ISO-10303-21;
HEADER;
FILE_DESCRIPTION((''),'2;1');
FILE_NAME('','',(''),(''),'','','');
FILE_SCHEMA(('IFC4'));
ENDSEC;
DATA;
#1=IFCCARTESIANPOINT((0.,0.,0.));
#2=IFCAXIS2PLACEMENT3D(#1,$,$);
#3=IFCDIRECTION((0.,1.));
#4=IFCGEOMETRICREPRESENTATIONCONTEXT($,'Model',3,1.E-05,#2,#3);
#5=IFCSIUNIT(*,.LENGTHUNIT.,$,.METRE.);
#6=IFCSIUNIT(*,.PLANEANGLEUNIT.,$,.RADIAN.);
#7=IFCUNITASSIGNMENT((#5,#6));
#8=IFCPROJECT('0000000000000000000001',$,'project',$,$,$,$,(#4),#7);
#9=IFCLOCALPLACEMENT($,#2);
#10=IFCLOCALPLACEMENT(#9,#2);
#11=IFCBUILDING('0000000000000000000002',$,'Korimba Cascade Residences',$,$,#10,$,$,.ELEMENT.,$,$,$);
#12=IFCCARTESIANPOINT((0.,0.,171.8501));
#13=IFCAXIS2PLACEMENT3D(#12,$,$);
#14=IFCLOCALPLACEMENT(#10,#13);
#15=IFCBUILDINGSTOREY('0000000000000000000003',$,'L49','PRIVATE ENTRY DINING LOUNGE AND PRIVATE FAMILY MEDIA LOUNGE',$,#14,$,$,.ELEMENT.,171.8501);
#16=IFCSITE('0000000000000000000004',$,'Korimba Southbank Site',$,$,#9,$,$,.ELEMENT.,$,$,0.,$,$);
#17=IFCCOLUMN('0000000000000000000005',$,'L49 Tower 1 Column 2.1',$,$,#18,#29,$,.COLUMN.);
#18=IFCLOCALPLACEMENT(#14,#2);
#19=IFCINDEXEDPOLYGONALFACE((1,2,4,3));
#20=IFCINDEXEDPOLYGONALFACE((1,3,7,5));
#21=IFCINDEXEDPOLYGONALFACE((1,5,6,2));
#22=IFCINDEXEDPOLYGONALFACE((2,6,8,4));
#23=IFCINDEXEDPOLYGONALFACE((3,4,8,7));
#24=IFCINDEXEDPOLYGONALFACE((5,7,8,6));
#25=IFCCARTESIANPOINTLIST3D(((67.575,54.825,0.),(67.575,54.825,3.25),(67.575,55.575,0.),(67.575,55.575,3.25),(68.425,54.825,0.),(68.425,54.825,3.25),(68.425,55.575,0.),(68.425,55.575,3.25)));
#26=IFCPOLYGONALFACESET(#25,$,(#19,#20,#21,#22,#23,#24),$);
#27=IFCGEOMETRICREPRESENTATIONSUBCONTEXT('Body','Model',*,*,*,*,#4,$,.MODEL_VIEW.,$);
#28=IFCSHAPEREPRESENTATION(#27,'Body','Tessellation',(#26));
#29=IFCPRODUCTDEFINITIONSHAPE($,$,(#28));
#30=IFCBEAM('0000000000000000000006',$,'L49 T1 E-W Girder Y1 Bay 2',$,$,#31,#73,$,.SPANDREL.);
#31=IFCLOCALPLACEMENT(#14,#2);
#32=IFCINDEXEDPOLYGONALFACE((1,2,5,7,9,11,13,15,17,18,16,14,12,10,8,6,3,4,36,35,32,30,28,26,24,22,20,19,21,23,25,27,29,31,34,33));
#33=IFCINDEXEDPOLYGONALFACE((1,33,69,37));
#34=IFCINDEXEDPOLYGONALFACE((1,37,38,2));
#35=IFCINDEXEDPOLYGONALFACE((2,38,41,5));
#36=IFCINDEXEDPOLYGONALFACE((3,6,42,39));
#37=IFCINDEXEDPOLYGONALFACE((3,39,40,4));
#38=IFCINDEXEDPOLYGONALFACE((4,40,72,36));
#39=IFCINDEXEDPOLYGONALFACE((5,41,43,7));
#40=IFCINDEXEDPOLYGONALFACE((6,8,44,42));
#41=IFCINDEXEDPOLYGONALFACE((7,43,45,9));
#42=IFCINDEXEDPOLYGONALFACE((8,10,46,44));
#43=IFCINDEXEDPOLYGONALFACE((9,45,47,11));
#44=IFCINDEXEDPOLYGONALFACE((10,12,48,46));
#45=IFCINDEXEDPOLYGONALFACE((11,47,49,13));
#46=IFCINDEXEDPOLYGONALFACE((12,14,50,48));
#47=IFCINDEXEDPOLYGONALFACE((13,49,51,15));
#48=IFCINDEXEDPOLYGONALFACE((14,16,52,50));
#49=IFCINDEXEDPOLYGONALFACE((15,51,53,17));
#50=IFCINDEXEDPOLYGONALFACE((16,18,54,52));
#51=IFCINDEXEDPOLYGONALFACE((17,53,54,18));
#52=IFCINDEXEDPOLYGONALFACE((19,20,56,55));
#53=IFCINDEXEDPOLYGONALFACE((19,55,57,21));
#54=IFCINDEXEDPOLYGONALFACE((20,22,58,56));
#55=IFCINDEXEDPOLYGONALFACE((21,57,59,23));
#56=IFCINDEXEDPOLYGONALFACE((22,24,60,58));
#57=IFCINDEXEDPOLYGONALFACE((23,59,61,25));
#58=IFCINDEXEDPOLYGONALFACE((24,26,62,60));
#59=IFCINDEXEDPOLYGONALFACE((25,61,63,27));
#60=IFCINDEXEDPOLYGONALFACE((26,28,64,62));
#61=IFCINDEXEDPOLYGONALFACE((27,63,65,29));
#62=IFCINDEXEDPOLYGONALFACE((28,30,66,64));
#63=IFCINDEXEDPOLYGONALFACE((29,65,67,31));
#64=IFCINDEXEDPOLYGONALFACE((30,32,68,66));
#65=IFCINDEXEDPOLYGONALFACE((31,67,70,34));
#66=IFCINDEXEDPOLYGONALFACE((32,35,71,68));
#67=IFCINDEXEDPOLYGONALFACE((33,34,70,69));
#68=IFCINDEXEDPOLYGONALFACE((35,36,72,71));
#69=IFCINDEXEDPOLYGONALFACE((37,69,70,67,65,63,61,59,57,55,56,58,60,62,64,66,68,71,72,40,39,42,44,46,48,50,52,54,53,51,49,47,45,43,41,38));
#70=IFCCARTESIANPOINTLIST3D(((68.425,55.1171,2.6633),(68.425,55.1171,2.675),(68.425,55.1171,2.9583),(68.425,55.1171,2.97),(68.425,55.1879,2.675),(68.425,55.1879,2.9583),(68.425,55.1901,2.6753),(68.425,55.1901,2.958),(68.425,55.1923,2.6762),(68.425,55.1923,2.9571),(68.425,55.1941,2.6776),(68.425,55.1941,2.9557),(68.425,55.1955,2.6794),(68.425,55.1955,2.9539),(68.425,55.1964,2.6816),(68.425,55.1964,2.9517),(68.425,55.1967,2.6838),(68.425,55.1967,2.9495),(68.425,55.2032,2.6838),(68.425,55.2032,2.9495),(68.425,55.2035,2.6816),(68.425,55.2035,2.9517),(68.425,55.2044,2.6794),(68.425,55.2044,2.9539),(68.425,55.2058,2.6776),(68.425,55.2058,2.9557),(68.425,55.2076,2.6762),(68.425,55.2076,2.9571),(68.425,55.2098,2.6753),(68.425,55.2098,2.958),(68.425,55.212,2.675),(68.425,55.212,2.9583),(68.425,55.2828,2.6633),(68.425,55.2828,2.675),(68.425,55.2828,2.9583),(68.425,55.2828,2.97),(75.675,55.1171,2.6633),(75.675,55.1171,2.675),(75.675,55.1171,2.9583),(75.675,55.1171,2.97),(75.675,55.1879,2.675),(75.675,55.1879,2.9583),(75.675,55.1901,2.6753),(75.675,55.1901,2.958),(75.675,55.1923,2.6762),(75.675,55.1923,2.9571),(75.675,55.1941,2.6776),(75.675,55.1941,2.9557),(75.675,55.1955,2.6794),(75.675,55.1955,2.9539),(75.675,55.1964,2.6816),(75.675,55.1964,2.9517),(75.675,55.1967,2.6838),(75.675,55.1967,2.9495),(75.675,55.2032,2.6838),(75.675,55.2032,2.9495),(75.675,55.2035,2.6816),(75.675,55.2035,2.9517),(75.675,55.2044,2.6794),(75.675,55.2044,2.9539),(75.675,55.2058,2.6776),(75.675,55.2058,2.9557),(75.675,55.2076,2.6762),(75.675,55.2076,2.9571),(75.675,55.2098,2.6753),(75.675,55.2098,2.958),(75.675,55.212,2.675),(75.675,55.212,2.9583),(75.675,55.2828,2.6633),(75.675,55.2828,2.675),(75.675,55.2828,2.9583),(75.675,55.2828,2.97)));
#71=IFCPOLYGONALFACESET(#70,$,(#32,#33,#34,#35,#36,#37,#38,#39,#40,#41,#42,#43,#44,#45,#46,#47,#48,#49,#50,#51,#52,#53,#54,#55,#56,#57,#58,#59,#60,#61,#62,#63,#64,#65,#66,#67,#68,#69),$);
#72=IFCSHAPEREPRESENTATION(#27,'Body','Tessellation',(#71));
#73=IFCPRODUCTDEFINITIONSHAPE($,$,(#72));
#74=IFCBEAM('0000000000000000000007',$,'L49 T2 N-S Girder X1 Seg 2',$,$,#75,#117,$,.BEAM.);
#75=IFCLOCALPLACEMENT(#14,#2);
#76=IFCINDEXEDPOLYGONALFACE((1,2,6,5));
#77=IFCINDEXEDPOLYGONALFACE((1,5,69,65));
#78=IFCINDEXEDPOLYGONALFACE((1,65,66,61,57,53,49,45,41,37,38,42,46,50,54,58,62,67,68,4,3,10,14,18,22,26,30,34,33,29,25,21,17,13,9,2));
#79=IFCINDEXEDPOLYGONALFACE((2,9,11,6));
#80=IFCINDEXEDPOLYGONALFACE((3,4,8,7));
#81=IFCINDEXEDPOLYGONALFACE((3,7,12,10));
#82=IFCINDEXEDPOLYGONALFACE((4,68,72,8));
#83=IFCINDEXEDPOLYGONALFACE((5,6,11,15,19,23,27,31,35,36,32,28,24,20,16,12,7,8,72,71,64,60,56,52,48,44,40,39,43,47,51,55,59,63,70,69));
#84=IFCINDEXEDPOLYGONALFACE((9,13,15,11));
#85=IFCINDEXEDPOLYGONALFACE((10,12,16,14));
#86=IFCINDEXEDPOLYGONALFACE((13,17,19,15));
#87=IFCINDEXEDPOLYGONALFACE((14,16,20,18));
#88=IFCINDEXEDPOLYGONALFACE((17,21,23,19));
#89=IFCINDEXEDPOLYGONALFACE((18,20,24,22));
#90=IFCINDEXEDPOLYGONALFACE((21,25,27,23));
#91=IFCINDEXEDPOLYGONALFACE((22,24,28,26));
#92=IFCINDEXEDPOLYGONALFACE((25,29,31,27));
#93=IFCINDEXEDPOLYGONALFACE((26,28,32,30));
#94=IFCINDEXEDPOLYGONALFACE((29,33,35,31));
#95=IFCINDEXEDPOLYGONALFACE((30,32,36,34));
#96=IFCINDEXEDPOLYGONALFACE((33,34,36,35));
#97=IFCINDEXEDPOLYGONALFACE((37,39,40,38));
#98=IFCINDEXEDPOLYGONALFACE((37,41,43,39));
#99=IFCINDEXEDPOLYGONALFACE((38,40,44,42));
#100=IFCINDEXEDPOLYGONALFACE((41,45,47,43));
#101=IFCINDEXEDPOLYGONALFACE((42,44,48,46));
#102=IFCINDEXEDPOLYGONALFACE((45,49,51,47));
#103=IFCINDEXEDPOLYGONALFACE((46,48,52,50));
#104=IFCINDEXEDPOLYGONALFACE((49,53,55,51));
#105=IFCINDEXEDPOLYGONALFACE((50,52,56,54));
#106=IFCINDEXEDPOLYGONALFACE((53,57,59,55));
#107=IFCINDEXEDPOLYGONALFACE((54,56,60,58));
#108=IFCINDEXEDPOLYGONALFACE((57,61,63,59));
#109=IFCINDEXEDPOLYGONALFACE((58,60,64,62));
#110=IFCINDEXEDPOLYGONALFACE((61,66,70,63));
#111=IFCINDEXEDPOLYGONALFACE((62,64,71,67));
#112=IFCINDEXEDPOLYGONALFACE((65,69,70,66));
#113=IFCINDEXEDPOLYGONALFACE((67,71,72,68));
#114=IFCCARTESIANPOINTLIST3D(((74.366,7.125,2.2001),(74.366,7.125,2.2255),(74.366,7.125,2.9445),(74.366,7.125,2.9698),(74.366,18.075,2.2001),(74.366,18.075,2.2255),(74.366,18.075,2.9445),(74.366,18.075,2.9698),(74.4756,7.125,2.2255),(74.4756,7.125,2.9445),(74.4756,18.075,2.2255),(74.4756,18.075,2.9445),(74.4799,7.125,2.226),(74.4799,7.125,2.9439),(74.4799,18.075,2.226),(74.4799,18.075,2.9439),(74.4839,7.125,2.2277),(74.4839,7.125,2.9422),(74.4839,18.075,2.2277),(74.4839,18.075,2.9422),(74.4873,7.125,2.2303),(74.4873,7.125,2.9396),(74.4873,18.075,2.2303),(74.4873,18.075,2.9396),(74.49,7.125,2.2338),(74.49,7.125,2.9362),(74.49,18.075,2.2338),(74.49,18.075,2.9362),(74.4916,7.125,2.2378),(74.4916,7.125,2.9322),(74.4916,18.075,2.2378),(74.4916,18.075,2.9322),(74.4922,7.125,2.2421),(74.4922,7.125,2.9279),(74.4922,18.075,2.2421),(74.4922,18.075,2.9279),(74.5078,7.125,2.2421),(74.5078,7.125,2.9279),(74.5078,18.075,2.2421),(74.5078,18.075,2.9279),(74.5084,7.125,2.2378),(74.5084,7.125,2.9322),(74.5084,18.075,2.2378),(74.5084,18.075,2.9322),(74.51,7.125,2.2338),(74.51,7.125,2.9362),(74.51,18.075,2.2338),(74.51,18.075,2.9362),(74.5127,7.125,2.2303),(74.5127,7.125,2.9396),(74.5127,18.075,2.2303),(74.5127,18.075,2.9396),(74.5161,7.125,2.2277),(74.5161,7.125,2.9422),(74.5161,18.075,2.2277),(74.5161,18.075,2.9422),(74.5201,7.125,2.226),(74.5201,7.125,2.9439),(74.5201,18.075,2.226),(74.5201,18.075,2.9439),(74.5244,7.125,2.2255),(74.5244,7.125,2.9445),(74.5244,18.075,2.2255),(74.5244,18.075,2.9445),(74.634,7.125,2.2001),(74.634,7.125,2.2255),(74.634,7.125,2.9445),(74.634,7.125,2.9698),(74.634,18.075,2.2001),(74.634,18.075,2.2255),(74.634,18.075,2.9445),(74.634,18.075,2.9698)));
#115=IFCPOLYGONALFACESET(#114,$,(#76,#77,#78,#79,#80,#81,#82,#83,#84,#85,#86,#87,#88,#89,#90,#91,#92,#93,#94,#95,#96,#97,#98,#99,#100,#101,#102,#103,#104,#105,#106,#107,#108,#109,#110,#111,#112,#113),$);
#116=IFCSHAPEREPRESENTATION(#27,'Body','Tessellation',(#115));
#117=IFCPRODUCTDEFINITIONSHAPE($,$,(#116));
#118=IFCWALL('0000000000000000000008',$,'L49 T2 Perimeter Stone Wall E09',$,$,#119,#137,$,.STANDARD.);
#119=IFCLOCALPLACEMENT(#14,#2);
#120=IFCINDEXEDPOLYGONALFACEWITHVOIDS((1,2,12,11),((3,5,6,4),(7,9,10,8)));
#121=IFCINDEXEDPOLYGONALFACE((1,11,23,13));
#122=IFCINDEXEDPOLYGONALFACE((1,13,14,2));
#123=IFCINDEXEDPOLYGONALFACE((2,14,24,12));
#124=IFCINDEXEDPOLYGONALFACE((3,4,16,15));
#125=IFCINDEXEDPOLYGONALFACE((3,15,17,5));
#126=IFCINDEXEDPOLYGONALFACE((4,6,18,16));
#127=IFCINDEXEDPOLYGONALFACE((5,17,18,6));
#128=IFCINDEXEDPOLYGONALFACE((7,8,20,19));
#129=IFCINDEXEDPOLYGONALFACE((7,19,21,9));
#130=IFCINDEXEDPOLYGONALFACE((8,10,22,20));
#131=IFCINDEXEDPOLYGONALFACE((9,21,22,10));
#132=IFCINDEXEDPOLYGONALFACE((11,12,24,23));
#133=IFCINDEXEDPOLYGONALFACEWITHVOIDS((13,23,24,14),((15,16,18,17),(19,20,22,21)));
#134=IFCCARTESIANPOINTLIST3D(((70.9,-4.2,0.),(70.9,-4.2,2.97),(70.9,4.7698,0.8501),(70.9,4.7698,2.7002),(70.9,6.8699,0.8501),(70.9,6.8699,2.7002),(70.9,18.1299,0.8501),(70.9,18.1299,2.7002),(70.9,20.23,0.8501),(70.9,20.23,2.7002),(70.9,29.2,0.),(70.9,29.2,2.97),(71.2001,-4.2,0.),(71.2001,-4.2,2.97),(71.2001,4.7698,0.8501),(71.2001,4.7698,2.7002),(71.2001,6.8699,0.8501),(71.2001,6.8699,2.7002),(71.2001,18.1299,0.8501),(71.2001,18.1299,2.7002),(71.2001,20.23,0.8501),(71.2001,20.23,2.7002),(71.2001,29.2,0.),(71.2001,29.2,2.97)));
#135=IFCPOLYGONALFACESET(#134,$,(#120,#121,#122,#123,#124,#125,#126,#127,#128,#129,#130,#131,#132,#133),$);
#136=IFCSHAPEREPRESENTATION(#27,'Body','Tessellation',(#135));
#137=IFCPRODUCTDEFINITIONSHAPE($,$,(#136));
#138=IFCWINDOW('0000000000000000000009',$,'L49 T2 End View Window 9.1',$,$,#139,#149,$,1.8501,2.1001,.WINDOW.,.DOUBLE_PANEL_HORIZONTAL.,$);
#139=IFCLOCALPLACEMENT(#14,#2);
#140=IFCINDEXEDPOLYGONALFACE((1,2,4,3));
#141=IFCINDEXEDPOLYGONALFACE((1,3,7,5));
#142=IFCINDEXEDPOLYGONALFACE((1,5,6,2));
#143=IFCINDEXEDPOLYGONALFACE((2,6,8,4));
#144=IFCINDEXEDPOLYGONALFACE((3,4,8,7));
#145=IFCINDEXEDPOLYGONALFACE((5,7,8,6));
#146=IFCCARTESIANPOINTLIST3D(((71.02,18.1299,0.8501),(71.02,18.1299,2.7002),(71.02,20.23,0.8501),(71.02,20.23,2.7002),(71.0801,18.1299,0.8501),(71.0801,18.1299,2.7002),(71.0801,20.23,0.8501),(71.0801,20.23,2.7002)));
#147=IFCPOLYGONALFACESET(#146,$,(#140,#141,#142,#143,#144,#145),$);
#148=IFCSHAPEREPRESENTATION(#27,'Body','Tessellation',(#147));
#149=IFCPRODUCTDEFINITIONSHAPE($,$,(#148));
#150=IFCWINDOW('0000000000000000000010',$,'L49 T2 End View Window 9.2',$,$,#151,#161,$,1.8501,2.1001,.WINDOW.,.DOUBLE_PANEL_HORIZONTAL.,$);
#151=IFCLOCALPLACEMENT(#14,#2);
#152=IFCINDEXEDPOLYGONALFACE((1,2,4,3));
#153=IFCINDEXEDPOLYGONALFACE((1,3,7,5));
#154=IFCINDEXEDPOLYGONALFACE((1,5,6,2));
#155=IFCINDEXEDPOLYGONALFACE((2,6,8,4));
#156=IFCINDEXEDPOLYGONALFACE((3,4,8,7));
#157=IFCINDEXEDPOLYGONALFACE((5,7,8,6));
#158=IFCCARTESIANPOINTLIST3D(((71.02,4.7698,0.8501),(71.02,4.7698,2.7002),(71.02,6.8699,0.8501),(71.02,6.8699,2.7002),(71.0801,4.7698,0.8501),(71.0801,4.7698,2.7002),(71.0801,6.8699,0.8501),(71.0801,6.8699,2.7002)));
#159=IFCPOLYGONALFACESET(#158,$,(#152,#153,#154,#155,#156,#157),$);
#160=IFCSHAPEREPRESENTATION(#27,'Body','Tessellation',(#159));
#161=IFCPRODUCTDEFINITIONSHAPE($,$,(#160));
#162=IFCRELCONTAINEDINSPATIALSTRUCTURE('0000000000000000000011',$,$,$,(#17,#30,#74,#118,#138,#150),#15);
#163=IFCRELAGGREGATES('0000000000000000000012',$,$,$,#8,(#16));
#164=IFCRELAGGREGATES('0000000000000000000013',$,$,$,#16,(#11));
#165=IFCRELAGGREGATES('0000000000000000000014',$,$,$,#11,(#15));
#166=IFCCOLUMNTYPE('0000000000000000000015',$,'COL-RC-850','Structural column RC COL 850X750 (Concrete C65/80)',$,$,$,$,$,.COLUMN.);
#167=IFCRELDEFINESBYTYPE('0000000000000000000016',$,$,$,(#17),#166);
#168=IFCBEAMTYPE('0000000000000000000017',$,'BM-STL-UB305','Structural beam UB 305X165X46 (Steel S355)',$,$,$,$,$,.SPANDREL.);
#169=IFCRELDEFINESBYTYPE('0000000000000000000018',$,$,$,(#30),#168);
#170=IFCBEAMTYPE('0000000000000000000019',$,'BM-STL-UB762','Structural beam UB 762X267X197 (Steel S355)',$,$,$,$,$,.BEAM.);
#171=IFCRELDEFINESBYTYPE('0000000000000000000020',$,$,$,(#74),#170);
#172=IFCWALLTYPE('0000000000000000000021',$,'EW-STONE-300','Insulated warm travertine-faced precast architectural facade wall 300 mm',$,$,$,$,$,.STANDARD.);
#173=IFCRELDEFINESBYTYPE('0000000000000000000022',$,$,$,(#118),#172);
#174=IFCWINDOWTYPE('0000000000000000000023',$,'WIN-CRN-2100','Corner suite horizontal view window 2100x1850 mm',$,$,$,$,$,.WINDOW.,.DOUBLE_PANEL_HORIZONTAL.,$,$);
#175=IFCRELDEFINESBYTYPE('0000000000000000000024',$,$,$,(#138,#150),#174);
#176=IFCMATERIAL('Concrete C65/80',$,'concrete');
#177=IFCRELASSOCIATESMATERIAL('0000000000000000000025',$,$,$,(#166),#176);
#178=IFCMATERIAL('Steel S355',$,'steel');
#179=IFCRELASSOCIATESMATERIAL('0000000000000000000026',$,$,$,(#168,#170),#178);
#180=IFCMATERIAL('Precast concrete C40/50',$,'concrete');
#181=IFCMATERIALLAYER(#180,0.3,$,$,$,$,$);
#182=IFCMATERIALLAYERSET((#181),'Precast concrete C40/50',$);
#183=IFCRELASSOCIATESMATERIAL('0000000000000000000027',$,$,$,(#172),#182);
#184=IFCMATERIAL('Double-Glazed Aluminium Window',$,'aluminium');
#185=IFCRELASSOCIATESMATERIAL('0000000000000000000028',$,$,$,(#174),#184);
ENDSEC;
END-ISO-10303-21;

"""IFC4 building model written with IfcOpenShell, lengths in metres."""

from ifc_helpers import new_model, si_unit, direction, frame, frame_2d, origin, origin_2d, place, context, subcontext, project, spatial, rectangle, i_section, extrude, material, layer, layer_set, material_profile, profile_set, type_object, element, fill, save


model = new_model("IFC4")

# Units and contexts
model_context = context("Model", 3, precision=1e-05, world=origin(), true_north=direction((0.0, 1.0)))
body_context = subcontext(model_context, "Body", "Model", "MODEL_VIEW")
ifc_project = project(units=[si_unit("LENGTHUNIT", "METRE"), si_unit("PLANEANGLEUNIT", "RADIAN")], contexts=[model_context])

# Site, building, storey
site_placement = place(None, origin())
site = spatial("IfcSite", under=ifc_project, at=site_placement, Name="Korimba Southbank Site", CompositionType="ELEMENT", RefElevation=0.0)
building_placement = place(site_placement, origin())
building = spatial("IfcBuilding", under=site, at=building_placement, Name="Korimba Cascade Residences", CompositionType="ELEMENT")
storey_placement = place(building_placement, frame((0.0, 0.0, 171.8501)))
storey = spatial("IfcBuildingStorey", under=building, at=storey_placement, Name="L49", Description="PRIVATE ENTRY DINING LOUNGE AND PRIVATE FAMILY MEDIA LOUNGE", CompositionType="ELEMENT", Elevation=171.8501)

# Column
ifc_material_1 = material(Name="Concrete C65/80", Category="concrete")
ifc_material_profile_1 = material_profile(ifc_material_1, rectangle(XDim=0.8501, YDim=0.75, at=origin_2d()), Name="Concrete C65/80")
ifc_profile_set_1 = profile_set([ifc_material_profile_1], Name="Concrete C65/80")
column_type = type_object("IfcColumnType", Name="COL-RC-850", Description="Structural column RC COL 850X750 (Concrete C65/80)", PredefinedType="COLUMN", material=ifc_profile_set_1)
column_placement = place(storey_placement, frame((68.0, 55.2, 0.0), z_axis=(0.0, 0.0, 1.0), x_axis=(1.0, 0.0, 0.0)))
element("IfcColumn", 1, at=column_placement, inside=storey, type_object=column_type, Name="L49 Tower 1 Column 2.1", PredefinedType="COLUMN", context=body_context, shape_type="SweptSolid", body=[
    extrude(rectangle(XDim=0.8501, YDim=0.75, at=origin_2d()), origin(), (0.0, 0.0, 1.0), 3.25),
])

# Beams
ifc_material_2 = material(Name="Steel S355", Category="steel")
ifc_material_profile_2 = material_profile(ifc_material_2, i_section(OverallWidth=0.1658, OverallDepth=0.3066, WebThickness=0.0066, FlangeThickness=0.0117, FilletRadius=0.0088, at=origin_2d()), Name="Steel S355")
ifc_profile_set_2 = profile_set([ifc_material_profile_2], Name="Steel S355")
beam_type_1 = type_object("IfcBeamType", Name="BM-STL-UB305", Description="Structural beam UB 305X165X46 (Steel S355)", PredefinedType="SPANDREL", material=ifc_profile_set_2)
beam_1_placement = place(storey_placement, frame((68.425, 55.2, 2.8167), z_axis=(1.0, 0.0, 0.0), x_axis=(0.0, 1.0, 0.0)))
element("IfcBeam", 2, at=beam_1_placement, inside=storey, type_object=beam_type_1, Name="L49 T1 E-W Girder Y1 Bay 2", PredefinedType="SPANDREL", context=body_context, shape_type="SweptSolid", body=[
    extrude(i_section(OverallWidth=0.1658, OverallDepth=0.3066, WebThickness=0.0066, FlangeThickness=0.0117, FilletRadius=0.0088, at=origin_2d()), origin(), (0.0, 0.0, 1.0), 7.25),
])
ifc_material_profile_3 = material_profile(ifc_material_2, i_section(OverallWidth=0.2681, OverallDepth=0.7698, WebThickness=0.0156, FlangeThickness=0.0254, FilletRadius=0.0166, at=origin_2d()), Name="Steel S355")
ifc_profile_set_3 = profile_set([ifc_material_profile_3], Name="Steel S355")
beam_type_2 = type_object("IfcBeamType", Name="BM-STL-UB762", Description="Structural beam UB 762X267X197 (Steel S355)", PredefinedType="BEAM", material=ifc_profile_set_3)
beam_2_placement = place(storey_placement, frame((74.5, 7.125, 2.585), z_axis=(0.0, 1.0, 0.0), x_axis=(-1.0, 0.0, 0.0)))
element("IfcBeam", 3, at=beam_2_placement, inside=storey, type_object=beam_type_2, Name="L49 T2 N-S Girder X1 Seg 2", PredefinedType="BEAM", context=body_context, shape_type="SweptSolid", body=[
    extrude(i_section(OverallWidth=0.2681, OverallDepth=0.7698, WebThickness=0.0156, FlangeThickness=0.0254, FilletRadius=0.0166, at=origin_2d()), origin(), (0.0, 0.0, 1.0), 10.95),
])

# Wall, openings, windows
ifc_material_3 = material(Name="Precast concrete C40/50", Category="concrete")
ifc_layer_1 = layer(ifc_material_3, 0.3)
ifc_layer_set_1 = layer_set([ifc_layer_1], Name="Precast concrete C40/50")
wall_type_1 = type_object("IfcWallType", Name="EW-STONE-300", Description="Insulated warm travertine-faced precast architectural facade wall 300 mm", PredefinedType="STANDARD", material=ifc_layer_set_1)
wall_1_placement = place(storey_placement, frame((71.05, 29.2, 0.0), z_axis=(0.0, 0.0, 1.0), x_axis=(0.0, -1.0, 0.0)))
wall_1 = element("IfcWall", 4, at=wall_1_placement, inside=storey, type_object=wall_type_1, Name="L49 T2 Perimeter Stone Wall E09", PredefinedType="STANDARD", context=body_context, shape_type="SweptSolid", body=[
    extrude(rectangle(XDim=33.3999, YDim=0.3, at=frame_2d((16.7, 0.0))), origin(), (0.0, 0.0, 1.0), 2.97),
])
opening_1_placement = place(wall_1_placement, frame((8.97, 0.0, 0.8501)))
opening_1 = element("IfcOpeningElement", 5, at=opening_1_placement, cuts=wall_1, PredefinedType="OPENING", context=body_context, shape_type="SweptSolid", body=[
    extrude(rectangle(XDim=2.1001, YDim=1.8501, at=frame_2d((1.05, 0.925))), frame((0.0, 0.1602, 0.0), z_axis=(0.0, -1.0, 0.0), x_axis=(1.0, 0.0, 0.0)), (0.0, 0.0, 1.0), 0.3201),
])
opening_2_placement = place(wall_1_placement, frame((22.3301, 0.0, 0.8501)))
opening_2 = element("IfcOpeningElement", 6, at=opening_2_placement, cuts=wall_1, PredefinedType="OPENING", context=body_context, shape_type="SweptSolid", body=[
    extrude(rectangle(XDim=2.1001, YDim=1.8501, at=frame_2d((1.05, 0.925))), frame((0.0, 0.1602, 0.0), z_axis=(0.0, -1.0, 0.0), x_axis=(1.0, 0.0, 0.0)), (0.0, 0.0, 1.0), 0.3201),
])
ifc_material_4 = material(Name="Double-Glazed Aluminium Window", Category="aluminium")
window_type = type_object("IfcWindowType", Name="WIN-CRN-2100", Description="Corner suite horizontal view window 2100x1850 mm", PartitioningType="DOUBLE_PANEL_HORIZONTAL", PredefinedType="WINDOW", material=ifc_material_4)
window_1_placement = place(opening_1_placement, origin())
window_1 = element("IfcWindow", 7, at=window_1_placement, inside=storey, type_object=window_type, Name="L49 T2 End View Window 9.1", OverallHeight=1.8501, OverallWidth=2.1001, PartitioningType="DOUBLE_PANEL_HORIZONTAL", PredefinedType="WINDOW", context=body_context, shape_type="SweptSolid", body=[
    extrude(rectangle(XDim=2.1001, YDim=1.8501, at=frame_2d((1.05, 0.925))), frame((0.0, 0.03, 0.0), z_axis=(0.0, -1.0, 0.0), x_axis=(1.0, 0.0, 0.0)), (0.0, 0.0, 1.0), 0.0601),
])
fill(opening_1, window_1)
window_2_placement = place(opening_2_placement, origin())
window_2 = element("IfcWindow", 8, at=window_2_placement, inside=storey, type_object=window_type, Name="L49 T2 End View Window 9.2", OverallHeight=1.8501, OverallWidth=2.1001, PartitioningType="DOUBLE_PANEL_HORIZONTAL", PredefinedType="WINDOW", context=body_context, shape_type="SweptSolid", body=[
    extrude(rectangle(XDim=2.1001, YDim=1.8501, at=frame_2d((1.05, 0.925))), frame((0.0, 0.03, 0.0), z_axis=(0.0, -1.0, 0.0), x_axis=(1.0, 0.0, 0.0)), (0.0, 0.0, 1.0), 0.0601),
])
fill(opening_2, window_2)

save(model, "model.ifc")
